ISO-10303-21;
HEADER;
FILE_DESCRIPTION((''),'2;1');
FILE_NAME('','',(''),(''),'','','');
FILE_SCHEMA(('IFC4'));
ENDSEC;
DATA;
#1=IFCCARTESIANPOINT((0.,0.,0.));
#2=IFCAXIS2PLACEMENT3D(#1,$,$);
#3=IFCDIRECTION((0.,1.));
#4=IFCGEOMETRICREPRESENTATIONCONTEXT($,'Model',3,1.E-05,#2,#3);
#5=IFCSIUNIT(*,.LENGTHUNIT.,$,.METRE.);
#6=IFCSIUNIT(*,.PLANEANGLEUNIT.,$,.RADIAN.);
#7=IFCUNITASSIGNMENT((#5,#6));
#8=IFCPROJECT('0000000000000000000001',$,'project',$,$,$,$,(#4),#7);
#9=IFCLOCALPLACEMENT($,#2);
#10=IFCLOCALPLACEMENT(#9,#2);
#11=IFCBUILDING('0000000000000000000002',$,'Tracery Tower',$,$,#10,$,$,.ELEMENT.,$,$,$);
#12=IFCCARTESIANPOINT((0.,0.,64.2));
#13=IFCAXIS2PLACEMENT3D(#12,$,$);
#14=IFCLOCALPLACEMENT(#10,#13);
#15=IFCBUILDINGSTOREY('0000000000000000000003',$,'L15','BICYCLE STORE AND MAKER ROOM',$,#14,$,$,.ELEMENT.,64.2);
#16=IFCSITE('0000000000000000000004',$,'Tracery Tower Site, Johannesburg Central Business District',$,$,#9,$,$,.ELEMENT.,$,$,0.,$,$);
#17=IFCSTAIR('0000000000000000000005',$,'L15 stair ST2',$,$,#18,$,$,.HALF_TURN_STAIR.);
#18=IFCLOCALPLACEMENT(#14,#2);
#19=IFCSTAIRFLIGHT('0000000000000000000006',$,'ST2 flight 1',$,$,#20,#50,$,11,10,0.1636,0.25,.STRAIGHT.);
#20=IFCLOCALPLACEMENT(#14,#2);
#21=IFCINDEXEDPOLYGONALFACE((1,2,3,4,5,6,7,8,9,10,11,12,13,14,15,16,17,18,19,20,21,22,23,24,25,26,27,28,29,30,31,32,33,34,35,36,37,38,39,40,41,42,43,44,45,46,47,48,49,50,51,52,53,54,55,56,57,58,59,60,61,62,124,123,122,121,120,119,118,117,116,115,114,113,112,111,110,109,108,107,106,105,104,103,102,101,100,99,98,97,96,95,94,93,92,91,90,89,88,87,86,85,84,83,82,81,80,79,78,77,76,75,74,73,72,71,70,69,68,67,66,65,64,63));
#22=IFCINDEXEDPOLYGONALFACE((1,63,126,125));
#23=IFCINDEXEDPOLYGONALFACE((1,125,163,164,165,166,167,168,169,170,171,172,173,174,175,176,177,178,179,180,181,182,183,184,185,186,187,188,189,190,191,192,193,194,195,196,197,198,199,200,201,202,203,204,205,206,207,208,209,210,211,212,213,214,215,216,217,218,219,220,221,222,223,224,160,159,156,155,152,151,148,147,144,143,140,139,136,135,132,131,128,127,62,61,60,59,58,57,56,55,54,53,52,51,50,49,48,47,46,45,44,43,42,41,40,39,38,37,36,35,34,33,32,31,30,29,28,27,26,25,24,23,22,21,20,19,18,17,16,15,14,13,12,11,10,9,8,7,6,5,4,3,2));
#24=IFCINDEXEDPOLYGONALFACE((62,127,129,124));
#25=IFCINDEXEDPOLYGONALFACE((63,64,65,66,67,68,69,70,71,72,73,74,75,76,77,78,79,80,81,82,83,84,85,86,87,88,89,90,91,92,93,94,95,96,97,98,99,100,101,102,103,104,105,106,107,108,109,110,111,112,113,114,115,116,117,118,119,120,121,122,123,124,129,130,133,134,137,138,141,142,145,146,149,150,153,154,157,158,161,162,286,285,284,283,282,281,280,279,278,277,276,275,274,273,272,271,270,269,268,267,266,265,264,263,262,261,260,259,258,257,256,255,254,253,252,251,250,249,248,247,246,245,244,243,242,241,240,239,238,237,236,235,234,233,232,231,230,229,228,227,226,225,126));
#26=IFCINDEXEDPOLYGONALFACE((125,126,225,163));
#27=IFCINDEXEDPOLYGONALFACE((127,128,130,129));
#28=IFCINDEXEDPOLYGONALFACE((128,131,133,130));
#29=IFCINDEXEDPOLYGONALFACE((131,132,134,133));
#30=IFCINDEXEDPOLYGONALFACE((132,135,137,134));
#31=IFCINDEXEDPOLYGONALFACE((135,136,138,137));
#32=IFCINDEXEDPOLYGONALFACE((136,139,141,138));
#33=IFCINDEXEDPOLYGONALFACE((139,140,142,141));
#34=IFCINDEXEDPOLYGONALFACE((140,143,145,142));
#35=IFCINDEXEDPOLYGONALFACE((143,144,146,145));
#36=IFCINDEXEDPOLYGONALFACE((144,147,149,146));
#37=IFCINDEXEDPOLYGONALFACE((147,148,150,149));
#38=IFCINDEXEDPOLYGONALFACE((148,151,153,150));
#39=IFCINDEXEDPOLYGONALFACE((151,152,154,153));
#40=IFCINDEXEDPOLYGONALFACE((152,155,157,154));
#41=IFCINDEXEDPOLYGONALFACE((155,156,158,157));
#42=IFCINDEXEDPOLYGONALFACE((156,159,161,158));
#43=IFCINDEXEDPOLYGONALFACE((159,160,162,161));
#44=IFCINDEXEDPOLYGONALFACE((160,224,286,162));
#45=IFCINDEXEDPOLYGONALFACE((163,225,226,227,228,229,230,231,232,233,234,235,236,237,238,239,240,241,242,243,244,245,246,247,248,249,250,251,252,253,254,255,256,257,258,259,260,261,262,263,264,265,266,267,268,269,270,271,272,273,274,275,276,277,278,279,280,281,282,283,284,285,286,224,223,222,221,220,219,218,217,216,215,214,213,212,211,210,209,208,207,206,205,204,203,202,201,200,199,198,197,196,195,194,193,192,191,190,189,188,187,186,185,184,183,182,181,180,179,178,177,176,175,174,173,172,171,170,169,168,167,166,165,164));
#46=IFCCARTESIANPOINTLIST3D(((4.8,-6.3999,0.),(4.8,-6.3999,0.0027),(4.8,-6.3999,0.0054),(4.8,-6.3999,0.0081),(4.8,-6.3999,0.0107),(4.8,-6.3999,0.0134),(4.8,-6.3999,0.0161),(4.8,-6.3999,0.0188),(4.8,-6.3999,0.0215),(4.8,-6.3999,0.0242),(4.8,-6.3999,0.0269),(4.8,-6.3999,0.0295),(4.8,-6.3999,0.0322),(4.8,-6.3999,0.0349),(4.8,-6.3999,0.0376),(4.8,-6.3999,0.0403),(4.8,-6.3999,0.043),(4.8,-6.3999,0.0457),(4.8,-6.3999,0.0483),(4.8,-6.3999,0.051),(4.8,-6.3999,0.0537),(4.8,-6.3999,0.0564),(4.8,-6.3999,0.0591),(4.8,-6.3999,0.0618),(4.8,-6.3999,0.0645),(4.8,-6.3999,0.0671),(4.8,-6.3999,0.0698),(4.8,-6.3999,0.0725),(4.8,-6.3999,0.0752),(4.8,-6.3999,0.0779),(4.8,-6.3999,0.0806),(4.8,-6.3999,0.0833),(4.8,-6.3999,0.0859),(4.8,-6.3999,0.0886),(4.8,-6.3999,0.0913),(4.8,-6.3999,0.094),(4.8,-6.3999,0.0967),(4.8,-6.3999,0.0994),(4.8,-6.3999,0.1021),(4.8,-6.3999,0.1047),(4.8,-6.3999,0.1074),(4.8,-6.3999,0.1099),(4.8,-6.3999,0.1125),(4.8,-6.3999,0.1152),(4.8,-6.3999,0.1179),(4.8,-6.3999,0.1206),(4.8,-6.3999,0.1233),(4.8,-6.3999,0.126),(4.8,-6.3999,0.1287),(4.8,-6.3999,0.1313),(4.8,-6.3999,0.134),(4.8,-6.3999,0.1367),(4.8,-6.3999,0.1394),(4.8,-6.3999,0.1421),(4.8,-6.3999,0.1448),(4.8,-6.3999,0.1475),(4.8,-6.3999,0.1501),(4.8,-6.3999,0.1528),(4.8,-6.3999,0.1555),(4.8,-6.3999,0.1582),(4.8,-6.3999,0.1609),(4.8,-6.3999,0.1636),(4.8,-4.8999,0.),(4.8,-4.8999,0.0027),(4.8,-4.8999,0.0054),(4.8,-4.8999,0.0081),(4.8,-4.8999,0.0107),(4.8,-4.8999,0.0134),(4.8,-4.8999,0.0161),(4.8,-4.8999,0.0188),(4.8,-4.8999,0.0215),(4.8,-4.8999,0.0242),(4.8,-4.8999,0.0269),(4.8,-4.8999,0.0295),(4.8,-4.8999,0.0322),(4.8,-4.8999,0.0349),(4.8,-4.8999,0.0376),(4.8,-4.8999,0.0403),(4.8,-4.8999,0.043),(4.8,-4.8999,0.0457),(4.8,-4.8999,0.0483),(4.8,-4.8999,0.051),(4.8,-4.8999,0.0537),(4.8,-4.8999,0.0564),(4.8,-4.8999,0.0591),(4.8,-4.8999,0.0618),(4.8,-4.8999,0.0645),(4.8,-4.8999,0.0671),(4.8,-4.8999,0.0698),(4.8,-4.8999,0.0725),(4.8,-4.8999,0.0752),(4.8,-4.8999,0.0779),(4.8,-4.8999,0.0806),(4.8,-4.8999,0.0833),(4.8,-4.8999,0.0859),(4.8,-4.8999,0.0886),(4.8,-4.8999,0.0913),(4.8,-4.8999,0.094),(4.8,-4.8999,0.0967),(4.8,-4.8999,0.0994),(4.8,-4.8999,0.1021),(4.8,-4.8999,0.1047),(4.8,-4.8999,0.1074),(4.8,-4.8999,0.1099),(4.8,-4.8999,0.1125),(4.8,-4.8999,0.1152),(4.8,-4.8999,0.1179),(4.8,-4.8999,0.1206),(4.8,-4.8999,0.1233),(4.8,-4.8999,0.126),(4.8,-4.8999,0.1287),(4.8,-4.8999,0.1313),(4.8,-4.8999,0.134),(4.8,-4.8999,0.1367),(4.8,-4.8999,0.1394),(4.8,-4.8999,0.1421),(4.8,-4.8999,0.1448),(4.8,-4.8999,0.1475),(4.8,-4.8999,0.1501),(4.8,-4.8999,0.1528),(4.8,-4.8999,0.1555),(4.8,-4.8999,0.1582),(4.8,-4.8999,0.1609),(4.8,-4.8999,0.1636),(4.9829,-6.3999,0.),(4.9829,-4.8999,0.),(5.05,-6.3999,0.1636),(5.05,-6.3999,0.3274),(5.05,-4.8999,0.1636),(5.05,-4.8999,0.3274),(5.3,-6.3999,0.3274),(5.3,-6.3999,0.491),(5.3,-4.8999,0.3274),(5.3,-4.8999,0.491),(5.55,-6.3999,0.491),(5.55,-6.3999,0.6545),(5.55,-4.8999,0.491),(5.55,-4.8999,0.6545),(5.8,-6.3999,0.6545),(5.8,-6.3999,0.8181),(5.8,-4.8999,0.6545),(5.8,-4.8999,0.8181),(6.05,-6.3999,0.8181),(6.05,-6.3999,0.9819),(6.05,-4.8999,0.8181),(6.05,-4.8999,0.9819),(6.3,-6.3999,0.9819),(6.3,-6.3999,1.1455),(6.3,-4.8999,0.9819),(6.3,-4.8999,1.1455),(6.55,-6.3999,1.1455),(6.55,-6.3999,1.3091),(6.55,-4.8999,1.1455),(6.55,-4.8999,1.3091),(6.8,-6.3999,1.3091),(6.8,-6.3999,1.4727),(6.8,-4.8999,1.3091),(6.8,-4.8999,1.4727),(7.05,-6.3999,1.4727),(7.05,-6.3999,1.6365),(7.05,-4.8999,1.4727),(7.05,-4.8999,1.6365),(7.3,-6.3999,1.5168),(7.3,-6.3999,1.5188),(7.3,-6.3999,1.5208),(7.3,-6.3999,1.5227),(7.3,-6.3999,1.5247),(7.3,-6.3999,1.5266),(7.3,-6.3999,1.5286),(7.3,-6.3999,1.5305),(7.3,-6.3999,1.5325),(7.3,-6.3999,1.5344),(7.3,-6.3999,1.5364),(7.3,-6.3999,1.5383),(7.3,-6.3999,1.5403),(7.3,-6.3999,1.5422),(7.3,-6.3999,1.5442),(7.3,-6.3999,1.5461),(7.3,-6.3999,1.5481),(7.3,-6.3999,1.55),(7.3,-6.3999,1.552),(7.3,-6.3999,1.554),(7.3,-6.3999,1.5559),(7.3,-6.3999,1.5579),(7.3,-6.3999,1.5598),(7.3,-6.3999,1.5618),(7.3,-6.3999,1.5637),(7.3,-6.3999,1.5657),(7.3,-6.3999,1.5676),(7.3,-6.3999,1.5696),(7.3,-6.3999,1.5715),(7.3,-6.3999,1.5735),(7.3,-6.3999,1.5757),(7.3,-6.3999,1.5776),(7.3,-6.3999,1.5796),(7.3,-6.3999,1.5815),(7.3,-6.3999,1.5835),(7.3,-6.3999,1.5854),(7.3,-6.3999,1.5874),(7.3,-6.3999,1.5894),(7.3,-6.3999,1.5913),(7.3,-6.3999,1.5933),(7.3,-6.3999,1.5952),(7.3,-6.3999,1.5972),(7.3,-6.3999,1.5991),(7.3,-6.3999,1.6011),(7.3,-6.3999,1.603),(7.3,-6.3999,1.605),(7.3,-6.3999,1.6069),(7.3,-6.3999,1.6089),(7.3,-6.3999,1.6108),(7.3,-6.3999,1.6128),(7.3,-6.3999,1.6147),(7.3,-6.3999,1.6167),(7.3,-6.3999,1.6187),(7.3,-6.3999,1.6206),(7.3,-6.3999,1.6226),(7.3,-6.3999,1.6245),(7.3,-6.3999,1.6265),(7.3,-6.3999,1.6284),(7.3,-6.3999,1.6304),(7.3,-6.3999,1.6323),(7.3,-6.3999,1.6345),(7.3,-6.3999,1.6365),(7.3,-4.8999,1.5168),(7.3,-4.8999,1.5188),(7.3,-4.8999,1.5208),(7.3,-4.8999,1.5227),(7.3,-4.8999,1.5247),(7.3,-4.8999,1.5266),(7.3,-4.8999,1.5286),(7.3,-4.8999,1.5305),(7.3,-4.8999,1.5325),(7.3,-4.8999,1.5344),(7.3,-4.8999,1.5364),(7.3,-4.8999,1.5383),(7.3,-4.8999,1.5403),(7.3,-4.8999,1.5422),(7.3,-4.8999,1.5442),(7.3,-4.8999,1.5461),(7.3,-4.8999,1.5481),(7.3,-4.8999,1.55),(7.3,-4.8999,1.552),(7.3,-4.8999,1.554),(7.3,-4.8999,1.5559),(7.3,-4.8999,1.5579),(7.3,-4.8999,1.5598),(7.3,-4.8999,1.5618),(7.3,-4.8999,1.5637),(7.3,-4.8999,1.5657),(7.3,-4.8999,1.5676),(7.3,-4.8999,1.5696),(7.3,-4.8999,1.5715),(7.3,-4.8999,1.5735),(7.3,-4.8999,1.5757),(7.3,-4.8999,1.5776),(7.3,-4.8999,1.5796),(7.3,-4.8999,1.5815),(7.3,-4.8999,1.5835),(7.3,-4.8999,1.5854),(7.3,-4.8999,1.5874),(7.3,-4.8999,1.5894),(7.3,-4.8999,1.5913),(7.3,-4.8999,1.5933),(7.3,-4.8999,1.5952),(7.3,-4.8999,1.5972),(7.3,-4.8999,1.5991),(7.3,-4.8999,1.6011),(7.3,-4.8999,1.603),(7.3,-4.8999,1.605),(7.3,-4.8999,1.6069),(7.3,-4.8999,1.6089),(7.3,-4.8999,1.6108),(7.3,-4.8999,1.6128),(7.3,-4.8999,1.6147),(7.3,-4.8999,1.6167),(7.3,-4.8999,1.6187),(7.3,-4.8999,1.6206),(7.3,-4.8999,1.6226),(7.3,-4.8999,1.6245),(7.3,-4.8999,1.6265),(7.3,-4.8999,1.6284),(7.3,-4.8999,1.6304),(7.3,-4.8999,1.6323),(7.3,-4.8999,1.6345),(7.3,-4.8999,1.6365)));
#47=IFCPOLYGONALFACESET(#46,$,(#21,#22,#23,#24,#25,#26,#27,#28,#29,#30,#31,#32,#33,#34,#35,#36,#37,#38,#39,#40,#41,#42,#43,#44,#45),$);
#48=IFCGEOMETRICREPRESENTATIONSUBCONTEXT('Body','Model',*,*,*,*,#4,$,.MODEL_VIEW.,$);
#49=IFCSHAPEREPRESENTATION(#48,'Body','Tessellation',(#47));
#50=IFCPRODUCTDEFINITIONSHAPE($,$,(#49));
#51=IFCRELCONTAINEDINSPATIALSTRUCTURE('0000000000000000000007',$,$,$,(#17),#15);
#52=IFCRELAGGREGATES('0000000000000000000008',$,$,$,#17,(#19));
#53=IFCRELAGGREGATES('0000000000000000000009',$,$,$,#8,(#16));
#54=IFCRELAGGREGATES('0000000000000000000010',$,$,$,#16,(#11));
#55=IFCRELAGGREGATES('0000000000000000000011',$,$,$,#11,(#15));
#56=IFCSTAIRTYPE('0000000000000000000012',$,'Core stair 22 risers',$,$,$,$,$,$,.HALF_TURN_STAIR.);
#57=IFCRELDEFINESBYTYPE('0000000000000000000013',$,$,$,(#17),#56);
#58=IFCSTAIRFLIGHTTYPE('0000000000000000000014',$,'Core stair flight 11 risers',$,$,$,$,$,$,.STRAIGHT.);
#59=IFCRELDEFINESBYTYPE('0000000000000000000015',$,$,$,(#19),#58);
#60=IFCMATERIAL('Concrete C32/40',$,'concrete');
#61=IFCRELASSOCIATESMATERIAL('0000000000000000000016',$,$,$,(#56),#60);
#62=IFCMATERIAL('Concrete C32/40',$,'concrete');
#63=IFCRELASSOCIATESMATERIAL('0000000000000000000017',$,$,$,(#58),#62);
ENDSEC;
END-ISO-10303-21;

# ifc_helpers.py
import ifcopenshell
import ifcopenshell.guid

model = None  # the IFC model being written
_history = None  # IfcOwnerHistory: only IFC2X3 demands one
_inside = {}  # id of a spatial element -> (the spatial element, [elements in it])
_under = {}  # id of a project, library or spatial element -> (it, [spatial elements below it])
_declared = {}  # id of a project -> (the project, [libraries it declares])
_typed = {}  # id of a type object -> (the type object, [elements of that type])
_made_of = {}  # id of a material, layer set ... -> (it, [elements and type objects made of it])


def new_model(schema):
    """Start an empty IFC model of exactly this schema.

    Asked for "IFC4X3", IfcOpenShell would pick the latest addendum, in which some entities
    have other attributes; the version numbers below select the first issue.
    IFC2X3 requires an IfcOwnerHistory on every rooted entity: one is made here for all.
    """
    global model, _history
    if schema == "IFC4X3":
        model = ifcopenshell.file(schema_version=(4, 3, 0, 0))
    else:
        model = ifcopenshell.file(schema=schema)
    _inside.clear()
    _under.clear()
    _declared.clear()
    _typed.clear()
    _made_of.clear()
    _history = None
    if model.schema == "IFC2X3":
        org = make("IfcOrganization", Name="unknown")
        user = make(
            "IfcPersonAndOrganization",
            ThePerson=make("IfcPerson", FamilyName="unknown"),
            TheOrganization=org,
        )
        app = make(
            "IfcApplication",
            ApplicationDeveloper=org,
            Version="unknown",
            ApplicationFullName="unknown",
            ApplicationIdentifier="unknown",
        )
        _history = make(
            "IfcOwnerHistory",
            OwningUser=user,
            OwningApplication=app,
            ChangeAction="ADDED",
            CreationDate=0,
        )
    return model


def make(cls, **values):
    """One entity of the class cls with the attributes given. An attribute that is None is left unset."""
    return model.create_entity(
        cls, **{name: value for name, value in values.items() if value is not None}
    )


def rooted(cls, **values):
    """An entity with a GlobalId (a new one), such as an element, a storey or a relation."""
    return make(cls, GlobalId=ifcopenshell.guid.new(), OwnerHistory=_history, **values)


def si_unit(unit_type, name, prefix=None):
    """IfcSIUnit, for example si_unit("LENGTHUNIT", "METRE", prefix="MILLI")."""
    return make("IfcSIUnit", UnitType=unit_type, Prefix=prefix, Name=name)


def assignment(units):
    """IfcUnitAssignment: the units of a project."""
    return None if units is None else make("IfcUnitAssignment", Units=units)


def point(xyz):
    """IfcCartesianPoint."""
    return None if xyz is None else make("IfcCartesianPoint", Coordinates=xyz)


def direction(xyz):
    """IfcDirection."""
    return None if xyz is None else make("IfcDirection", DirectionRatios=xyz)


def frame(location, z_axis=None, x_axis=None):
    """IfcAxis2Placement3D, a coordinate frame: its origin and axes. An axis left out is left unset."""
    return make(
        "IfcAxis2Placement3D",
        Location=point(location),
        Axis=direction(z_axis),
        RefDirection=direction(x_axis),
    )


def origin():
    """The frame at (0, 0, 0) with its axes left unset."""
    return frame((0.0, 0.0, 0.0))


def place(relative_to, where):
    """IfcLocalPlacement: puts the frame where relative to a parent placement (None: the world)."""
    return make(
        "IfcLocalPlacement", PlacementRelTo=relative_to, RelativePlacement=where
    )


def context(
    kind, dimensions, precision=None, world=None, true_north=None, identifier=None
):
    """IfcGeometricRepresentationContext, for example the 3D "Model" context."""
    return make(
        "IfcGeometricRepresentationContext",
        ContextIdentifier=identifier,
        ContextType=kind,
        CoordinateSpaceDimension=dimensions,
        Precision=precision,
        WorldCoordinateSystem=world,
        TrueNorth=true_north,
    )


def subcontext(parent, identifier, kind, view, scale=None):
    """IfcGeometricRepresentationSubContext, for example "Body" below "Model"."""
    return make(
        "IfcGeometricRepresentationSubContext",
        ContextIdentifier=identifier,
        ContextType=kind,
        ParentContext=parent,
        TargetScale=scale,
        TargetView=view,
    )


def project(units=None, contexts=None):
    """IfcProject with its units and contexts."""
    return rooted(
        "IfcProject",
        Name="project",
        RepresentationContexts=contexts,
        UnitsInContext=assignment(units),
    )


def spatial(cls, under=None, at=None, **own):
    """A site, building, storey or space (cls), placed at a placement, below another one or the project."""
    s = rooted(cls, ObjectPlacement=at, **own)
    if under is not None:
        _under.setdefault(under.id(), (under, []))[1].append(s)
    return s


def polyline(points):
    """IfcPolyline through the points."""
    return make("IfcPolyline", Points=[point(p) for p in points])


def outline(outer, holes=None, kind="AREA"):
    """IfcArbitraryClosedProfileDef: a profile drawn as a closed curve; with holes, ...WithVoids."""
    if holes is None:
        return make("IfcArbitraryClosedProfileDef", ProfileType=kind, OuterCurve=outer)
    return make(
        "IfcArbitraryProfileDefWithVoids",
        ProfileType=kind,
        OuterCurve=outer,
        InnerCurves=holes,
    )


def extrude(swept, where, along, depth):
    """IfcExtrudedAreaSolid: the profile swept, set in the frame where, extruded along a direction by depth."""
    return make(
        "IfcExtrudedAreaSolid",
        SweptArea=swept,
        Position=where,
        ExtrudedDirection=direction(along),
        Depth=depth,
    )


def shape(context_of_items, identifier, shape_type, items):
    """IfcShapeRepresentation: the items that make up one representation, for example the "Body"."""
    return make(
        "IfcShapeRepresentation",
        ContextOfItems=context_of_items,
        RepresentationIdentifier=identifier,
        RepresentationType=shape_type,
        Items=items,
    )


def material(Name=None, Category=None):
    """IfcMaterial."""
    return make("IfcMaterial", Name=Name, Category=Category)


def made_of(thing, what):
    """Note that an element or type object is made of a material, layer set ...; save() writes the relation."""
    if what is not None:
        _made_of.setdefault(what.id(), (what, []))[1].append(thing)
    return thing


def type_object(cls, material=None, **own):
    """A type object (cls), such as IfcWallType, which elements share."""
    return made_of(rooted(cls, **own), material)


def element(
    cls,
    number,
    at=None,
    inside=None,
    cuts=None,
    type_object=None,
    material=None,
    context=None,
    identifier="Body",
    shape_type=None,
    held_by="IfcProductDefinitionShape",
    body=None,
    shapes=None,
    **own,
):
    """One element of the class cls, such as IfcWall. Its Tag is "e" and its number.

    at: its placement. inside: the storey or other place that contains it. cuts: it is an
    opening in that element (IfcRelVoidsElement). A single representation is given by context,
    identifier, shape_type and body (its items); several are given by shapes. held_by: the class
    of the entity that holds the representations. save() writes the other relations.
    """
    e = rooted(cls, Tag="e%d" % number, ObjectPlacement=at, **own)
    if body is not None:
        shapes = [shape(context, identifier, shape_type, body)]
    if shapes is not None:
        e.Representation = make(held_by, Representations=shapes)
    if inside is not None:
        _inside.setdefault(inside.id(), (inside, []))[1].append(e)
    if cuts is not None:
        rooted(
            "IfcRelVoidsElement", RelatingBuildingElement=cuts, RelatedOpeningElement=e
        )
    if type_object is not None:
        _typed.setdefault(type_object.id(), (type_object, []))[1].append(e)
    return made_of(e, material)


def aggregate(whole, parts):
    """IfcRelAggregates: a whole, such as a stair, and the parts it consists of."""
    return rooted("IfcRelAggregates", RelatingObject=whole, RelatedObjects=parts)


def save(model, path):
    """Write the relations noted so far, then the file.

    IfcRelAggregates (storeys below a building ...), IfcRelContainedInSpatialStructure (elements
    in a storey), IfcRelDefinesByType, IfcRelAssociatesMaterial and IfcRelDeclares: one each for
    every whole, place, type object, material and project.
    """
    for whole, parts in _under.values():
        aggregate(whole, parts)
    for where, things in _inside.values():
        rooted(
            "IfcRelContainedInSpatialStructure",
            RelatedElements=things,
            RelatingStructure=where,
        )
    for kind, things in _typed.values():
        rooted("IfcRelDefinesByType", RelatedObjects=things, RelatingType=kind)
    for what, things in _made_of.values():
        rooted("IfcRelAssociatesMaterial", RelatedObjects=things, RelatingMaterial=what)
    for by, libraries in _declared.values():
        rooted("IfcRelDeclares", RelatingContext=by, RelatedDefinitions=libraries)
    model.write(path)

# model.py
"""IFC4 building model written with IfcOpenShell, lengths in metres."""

from ifc_helpers import new_model, si_unit, direction, frame, origin, place, context, subcontext, project, spatial, polyline, outline, extrude, material, type_object, element, aggregate, save


model = new_model("IFC4")

# Units and contexts
model_context = context("Model", 3, precision=1e-05, world=origin(), true_north=direction((0.0, 1.0)))
body_context = subcontext(model_context, "Body", "Model", "MODEL_VIEW")
ifc_project = project(units=[si_unit("LENGTHUNIT", "METRE"), si_unit("PLANEANGLEUNIT", "RADIAN")], contexts=[model_context])

# Site, building, storey
site_placement = place(None, origin())
site = spatial("IfcSite", under=ifc_project, at=site_placement, Name="Tracery Tower Site, Johannesburg Central Business District", CompositionType="ELEMENT", RefElevation=0.0)
building_placement = place(site_placement, origin())
building = spatial("IfcBuilding", under=site, at=building_placement, Name="Tracery Tower", CompositionType="ELEMENT")
storey_placement = place(building_placement, frame((0.0, 0.0, 64.2)))
storey = spatial("IfcBuildingStorey", under=building, at=storey_placement, Name="L15", Description="BICYCLE STORE AND MAKER ROOM", CompositionType="ELEMENT", Elevation=64.2)

# Stair, stair flight
ifc_material_1 = material(Name="Concrete C32/40", Category="concrete")
stair_type = type_object("IfcStairType", Name="Core stair 22 risers", PredefinedType="HALF_TURN_STAIR", material=ifc_material_1)
stair_placement = place(storey_placement, origin())
stair = element("IfcStair", 1, at=stair_placement, inside=storey, type_object=stair_type, Name="L15 stair ST2", PredefinedType="HALF_TURN_STAIR")
ifc_material_2 = material(Name="Concrete C32/40", Category="concrete")
stair_flight_type = type_object("IfcStairFlightType", Name="Core stair flight 11 risers", PredefinedType="STRAIGHT", material=ifc_material_2)
stair_flight_1_placement = place(storey_placement, frame((4.8, -5.6499, 0.0), z_axis=(0.0, 0.0, 1.0), x_axis=(1.0, 0.0, 0.0)))
stair_flight_1 = element("IfcStairFlight", 2, at=stair_flight_1_placement, type_object=stair_flight_type, Name="ST2 flight 1", NumberOfRisers=11, NumberOfTreads=10, PredefinedType="STRAIGHT", RiserHeight=0.1636, TreadLength=0.25, context=body_context, shape_type="SweptSolid", body=[
    extrude(outline(polyline([(0.0, 0.0), (0.0, 0.0027), (0.0, 0.0054), (0.0, 0.0081), (0.0, 0.0107), (0.0, 0.0134), (0.0, 0.0161), (0.0, 0.0188), (0.0, 0.0215), (0.0, 0.0242), (0.0, 0.0269), (0.0, 0.0295), (0.0, 0.0322), (0.0, 0.0349), (0.0, 0.0376), (0.0, 0.0403), (0.0, 0.043), (0.0, 0.0457), (0.0, 0.0483), (0.0, 0.051), (0.0, 0.0537), (0.0, 0.0564), (0.0, 0.0591), (0.0, 0.0618), (0.0, 0.0645), (0.0, 0.0671), (0.0, 0.0698), (0.0, 0.0725), (0.0, 0.0752), (0.0, 0.0779), (0.0, 0.0806), (0.0, 0.0833), (0.0, 0.0859), (0.0, 0.0886), (0.0, 0.0913), (0.0, 0.094), (0.0, 0.0967), (0.0, 0.0994), (0.0, 0.1021), (0.0, 0.1047), (0.0, 0.1074), (0.0, 0.1099), (0.0, 0.1125), (0.0, 0.1152), (0.0, 0.1179), (0.0, 0.1206), (0.0, 0.1233), (0.0, 0.126), (0.0, 0.1287), (0.0, 0.1313), (0.0, 0.134), (0.0, 0.1367), (0.0, 0.1394), (0.0, 0.1421), (0.0, 0.1448), (0.0, 0.1475), (0.0, 0.1501), (0.0, 0.1528), (0.0, 0.1555), (0.0, 0.1582), (0.0, 0.1609), (0.0, 0.1636), (0.25, 0.1636), (0.25, 0.3274), (0.5, 0.3274), (0.5, 0.491), (0.75, 0.491), (0.75, 0.6545), (1.0, 0.6545), (1.0, 0.8181), (1.25, 0.8181), (1.25, 0.9819), (1.5, 0.9819), (1.5, 1.1455), (1.75, 1.1455), (1.75, 1.3091), (2.0, 1.3091), (2.0, 1.4727), (2.25, 1.4727), (2.25, 1.6365), (2.5, 1.6365), (2.5, 1.6345), (2.5, 1.6323), (2.5, 1.6304), (2.5, 1.6284), (2.5, 1.6265), (2.5, 1.6245), (2.5, 1.6226), (2.5, 1.6206), (2.5, 1.6187), (2.5, 1.6167), (2.5, 1.6147), (2.5, 1.6128), (2.5, 1.6108), (2.5, 1.6089), (2.5, 1.6069), (2.5, 1.605), (2.5, 1.603), (2.5, 1.6011), (2.5, 1.5991), (2.5, 1.5972), (2.5, 1.5952), (2.5, 1.5933), (2.5, 1.5913), (2.5, 1.5894), (2.5, 1.5874), (2.5, 1.5854), (2.5, 1.5835), (2.5, 1.5815), (2.5, 1.5796), (2.5, 1.5776), (2.5, 1.5757), (2.5, 1.5735), (2.5, 1.5715), (2.5, 1.5696), (2.5, 1.5676), (2.5, 1.5657), (2.5, 1.5637), (2.5, 1.5618), (2.5, 1.5598), (2.5, 1.5579), (2.5, 1.5559), (2.5, 1.554), (2.5, 1.552), (2.5, 1.55), (2.5, 1.5481), (2.5, 1.5461), (2.5, 1.5442), (2.5, 1.5422), (2.5, 1.5403), (2.5, 1.5383), (2.5, 1.5364), (2.5, 1.5344), (2.5, 1.5325), (2.5, 1.5305), (2.5, 1.5286), (2.5, 1.5266), (2.5, 1.5247), (2.5, 1.5227), (2.5, 1.5208), (2.5, 1.5188), (2.5, 1.5168), (0.1829, 0.0), (0.0, 0.0)])), frame((0.0, 0.75, 0.0), z_axis=(0.0, -1.0, 0.0), x_axis=(1.0, 0.0, 0.0)), (0.0, 0.0, 1.0), 1.5),
])
aggregate(stair, [stair_flight_1])

save(model, "model.ifc")
